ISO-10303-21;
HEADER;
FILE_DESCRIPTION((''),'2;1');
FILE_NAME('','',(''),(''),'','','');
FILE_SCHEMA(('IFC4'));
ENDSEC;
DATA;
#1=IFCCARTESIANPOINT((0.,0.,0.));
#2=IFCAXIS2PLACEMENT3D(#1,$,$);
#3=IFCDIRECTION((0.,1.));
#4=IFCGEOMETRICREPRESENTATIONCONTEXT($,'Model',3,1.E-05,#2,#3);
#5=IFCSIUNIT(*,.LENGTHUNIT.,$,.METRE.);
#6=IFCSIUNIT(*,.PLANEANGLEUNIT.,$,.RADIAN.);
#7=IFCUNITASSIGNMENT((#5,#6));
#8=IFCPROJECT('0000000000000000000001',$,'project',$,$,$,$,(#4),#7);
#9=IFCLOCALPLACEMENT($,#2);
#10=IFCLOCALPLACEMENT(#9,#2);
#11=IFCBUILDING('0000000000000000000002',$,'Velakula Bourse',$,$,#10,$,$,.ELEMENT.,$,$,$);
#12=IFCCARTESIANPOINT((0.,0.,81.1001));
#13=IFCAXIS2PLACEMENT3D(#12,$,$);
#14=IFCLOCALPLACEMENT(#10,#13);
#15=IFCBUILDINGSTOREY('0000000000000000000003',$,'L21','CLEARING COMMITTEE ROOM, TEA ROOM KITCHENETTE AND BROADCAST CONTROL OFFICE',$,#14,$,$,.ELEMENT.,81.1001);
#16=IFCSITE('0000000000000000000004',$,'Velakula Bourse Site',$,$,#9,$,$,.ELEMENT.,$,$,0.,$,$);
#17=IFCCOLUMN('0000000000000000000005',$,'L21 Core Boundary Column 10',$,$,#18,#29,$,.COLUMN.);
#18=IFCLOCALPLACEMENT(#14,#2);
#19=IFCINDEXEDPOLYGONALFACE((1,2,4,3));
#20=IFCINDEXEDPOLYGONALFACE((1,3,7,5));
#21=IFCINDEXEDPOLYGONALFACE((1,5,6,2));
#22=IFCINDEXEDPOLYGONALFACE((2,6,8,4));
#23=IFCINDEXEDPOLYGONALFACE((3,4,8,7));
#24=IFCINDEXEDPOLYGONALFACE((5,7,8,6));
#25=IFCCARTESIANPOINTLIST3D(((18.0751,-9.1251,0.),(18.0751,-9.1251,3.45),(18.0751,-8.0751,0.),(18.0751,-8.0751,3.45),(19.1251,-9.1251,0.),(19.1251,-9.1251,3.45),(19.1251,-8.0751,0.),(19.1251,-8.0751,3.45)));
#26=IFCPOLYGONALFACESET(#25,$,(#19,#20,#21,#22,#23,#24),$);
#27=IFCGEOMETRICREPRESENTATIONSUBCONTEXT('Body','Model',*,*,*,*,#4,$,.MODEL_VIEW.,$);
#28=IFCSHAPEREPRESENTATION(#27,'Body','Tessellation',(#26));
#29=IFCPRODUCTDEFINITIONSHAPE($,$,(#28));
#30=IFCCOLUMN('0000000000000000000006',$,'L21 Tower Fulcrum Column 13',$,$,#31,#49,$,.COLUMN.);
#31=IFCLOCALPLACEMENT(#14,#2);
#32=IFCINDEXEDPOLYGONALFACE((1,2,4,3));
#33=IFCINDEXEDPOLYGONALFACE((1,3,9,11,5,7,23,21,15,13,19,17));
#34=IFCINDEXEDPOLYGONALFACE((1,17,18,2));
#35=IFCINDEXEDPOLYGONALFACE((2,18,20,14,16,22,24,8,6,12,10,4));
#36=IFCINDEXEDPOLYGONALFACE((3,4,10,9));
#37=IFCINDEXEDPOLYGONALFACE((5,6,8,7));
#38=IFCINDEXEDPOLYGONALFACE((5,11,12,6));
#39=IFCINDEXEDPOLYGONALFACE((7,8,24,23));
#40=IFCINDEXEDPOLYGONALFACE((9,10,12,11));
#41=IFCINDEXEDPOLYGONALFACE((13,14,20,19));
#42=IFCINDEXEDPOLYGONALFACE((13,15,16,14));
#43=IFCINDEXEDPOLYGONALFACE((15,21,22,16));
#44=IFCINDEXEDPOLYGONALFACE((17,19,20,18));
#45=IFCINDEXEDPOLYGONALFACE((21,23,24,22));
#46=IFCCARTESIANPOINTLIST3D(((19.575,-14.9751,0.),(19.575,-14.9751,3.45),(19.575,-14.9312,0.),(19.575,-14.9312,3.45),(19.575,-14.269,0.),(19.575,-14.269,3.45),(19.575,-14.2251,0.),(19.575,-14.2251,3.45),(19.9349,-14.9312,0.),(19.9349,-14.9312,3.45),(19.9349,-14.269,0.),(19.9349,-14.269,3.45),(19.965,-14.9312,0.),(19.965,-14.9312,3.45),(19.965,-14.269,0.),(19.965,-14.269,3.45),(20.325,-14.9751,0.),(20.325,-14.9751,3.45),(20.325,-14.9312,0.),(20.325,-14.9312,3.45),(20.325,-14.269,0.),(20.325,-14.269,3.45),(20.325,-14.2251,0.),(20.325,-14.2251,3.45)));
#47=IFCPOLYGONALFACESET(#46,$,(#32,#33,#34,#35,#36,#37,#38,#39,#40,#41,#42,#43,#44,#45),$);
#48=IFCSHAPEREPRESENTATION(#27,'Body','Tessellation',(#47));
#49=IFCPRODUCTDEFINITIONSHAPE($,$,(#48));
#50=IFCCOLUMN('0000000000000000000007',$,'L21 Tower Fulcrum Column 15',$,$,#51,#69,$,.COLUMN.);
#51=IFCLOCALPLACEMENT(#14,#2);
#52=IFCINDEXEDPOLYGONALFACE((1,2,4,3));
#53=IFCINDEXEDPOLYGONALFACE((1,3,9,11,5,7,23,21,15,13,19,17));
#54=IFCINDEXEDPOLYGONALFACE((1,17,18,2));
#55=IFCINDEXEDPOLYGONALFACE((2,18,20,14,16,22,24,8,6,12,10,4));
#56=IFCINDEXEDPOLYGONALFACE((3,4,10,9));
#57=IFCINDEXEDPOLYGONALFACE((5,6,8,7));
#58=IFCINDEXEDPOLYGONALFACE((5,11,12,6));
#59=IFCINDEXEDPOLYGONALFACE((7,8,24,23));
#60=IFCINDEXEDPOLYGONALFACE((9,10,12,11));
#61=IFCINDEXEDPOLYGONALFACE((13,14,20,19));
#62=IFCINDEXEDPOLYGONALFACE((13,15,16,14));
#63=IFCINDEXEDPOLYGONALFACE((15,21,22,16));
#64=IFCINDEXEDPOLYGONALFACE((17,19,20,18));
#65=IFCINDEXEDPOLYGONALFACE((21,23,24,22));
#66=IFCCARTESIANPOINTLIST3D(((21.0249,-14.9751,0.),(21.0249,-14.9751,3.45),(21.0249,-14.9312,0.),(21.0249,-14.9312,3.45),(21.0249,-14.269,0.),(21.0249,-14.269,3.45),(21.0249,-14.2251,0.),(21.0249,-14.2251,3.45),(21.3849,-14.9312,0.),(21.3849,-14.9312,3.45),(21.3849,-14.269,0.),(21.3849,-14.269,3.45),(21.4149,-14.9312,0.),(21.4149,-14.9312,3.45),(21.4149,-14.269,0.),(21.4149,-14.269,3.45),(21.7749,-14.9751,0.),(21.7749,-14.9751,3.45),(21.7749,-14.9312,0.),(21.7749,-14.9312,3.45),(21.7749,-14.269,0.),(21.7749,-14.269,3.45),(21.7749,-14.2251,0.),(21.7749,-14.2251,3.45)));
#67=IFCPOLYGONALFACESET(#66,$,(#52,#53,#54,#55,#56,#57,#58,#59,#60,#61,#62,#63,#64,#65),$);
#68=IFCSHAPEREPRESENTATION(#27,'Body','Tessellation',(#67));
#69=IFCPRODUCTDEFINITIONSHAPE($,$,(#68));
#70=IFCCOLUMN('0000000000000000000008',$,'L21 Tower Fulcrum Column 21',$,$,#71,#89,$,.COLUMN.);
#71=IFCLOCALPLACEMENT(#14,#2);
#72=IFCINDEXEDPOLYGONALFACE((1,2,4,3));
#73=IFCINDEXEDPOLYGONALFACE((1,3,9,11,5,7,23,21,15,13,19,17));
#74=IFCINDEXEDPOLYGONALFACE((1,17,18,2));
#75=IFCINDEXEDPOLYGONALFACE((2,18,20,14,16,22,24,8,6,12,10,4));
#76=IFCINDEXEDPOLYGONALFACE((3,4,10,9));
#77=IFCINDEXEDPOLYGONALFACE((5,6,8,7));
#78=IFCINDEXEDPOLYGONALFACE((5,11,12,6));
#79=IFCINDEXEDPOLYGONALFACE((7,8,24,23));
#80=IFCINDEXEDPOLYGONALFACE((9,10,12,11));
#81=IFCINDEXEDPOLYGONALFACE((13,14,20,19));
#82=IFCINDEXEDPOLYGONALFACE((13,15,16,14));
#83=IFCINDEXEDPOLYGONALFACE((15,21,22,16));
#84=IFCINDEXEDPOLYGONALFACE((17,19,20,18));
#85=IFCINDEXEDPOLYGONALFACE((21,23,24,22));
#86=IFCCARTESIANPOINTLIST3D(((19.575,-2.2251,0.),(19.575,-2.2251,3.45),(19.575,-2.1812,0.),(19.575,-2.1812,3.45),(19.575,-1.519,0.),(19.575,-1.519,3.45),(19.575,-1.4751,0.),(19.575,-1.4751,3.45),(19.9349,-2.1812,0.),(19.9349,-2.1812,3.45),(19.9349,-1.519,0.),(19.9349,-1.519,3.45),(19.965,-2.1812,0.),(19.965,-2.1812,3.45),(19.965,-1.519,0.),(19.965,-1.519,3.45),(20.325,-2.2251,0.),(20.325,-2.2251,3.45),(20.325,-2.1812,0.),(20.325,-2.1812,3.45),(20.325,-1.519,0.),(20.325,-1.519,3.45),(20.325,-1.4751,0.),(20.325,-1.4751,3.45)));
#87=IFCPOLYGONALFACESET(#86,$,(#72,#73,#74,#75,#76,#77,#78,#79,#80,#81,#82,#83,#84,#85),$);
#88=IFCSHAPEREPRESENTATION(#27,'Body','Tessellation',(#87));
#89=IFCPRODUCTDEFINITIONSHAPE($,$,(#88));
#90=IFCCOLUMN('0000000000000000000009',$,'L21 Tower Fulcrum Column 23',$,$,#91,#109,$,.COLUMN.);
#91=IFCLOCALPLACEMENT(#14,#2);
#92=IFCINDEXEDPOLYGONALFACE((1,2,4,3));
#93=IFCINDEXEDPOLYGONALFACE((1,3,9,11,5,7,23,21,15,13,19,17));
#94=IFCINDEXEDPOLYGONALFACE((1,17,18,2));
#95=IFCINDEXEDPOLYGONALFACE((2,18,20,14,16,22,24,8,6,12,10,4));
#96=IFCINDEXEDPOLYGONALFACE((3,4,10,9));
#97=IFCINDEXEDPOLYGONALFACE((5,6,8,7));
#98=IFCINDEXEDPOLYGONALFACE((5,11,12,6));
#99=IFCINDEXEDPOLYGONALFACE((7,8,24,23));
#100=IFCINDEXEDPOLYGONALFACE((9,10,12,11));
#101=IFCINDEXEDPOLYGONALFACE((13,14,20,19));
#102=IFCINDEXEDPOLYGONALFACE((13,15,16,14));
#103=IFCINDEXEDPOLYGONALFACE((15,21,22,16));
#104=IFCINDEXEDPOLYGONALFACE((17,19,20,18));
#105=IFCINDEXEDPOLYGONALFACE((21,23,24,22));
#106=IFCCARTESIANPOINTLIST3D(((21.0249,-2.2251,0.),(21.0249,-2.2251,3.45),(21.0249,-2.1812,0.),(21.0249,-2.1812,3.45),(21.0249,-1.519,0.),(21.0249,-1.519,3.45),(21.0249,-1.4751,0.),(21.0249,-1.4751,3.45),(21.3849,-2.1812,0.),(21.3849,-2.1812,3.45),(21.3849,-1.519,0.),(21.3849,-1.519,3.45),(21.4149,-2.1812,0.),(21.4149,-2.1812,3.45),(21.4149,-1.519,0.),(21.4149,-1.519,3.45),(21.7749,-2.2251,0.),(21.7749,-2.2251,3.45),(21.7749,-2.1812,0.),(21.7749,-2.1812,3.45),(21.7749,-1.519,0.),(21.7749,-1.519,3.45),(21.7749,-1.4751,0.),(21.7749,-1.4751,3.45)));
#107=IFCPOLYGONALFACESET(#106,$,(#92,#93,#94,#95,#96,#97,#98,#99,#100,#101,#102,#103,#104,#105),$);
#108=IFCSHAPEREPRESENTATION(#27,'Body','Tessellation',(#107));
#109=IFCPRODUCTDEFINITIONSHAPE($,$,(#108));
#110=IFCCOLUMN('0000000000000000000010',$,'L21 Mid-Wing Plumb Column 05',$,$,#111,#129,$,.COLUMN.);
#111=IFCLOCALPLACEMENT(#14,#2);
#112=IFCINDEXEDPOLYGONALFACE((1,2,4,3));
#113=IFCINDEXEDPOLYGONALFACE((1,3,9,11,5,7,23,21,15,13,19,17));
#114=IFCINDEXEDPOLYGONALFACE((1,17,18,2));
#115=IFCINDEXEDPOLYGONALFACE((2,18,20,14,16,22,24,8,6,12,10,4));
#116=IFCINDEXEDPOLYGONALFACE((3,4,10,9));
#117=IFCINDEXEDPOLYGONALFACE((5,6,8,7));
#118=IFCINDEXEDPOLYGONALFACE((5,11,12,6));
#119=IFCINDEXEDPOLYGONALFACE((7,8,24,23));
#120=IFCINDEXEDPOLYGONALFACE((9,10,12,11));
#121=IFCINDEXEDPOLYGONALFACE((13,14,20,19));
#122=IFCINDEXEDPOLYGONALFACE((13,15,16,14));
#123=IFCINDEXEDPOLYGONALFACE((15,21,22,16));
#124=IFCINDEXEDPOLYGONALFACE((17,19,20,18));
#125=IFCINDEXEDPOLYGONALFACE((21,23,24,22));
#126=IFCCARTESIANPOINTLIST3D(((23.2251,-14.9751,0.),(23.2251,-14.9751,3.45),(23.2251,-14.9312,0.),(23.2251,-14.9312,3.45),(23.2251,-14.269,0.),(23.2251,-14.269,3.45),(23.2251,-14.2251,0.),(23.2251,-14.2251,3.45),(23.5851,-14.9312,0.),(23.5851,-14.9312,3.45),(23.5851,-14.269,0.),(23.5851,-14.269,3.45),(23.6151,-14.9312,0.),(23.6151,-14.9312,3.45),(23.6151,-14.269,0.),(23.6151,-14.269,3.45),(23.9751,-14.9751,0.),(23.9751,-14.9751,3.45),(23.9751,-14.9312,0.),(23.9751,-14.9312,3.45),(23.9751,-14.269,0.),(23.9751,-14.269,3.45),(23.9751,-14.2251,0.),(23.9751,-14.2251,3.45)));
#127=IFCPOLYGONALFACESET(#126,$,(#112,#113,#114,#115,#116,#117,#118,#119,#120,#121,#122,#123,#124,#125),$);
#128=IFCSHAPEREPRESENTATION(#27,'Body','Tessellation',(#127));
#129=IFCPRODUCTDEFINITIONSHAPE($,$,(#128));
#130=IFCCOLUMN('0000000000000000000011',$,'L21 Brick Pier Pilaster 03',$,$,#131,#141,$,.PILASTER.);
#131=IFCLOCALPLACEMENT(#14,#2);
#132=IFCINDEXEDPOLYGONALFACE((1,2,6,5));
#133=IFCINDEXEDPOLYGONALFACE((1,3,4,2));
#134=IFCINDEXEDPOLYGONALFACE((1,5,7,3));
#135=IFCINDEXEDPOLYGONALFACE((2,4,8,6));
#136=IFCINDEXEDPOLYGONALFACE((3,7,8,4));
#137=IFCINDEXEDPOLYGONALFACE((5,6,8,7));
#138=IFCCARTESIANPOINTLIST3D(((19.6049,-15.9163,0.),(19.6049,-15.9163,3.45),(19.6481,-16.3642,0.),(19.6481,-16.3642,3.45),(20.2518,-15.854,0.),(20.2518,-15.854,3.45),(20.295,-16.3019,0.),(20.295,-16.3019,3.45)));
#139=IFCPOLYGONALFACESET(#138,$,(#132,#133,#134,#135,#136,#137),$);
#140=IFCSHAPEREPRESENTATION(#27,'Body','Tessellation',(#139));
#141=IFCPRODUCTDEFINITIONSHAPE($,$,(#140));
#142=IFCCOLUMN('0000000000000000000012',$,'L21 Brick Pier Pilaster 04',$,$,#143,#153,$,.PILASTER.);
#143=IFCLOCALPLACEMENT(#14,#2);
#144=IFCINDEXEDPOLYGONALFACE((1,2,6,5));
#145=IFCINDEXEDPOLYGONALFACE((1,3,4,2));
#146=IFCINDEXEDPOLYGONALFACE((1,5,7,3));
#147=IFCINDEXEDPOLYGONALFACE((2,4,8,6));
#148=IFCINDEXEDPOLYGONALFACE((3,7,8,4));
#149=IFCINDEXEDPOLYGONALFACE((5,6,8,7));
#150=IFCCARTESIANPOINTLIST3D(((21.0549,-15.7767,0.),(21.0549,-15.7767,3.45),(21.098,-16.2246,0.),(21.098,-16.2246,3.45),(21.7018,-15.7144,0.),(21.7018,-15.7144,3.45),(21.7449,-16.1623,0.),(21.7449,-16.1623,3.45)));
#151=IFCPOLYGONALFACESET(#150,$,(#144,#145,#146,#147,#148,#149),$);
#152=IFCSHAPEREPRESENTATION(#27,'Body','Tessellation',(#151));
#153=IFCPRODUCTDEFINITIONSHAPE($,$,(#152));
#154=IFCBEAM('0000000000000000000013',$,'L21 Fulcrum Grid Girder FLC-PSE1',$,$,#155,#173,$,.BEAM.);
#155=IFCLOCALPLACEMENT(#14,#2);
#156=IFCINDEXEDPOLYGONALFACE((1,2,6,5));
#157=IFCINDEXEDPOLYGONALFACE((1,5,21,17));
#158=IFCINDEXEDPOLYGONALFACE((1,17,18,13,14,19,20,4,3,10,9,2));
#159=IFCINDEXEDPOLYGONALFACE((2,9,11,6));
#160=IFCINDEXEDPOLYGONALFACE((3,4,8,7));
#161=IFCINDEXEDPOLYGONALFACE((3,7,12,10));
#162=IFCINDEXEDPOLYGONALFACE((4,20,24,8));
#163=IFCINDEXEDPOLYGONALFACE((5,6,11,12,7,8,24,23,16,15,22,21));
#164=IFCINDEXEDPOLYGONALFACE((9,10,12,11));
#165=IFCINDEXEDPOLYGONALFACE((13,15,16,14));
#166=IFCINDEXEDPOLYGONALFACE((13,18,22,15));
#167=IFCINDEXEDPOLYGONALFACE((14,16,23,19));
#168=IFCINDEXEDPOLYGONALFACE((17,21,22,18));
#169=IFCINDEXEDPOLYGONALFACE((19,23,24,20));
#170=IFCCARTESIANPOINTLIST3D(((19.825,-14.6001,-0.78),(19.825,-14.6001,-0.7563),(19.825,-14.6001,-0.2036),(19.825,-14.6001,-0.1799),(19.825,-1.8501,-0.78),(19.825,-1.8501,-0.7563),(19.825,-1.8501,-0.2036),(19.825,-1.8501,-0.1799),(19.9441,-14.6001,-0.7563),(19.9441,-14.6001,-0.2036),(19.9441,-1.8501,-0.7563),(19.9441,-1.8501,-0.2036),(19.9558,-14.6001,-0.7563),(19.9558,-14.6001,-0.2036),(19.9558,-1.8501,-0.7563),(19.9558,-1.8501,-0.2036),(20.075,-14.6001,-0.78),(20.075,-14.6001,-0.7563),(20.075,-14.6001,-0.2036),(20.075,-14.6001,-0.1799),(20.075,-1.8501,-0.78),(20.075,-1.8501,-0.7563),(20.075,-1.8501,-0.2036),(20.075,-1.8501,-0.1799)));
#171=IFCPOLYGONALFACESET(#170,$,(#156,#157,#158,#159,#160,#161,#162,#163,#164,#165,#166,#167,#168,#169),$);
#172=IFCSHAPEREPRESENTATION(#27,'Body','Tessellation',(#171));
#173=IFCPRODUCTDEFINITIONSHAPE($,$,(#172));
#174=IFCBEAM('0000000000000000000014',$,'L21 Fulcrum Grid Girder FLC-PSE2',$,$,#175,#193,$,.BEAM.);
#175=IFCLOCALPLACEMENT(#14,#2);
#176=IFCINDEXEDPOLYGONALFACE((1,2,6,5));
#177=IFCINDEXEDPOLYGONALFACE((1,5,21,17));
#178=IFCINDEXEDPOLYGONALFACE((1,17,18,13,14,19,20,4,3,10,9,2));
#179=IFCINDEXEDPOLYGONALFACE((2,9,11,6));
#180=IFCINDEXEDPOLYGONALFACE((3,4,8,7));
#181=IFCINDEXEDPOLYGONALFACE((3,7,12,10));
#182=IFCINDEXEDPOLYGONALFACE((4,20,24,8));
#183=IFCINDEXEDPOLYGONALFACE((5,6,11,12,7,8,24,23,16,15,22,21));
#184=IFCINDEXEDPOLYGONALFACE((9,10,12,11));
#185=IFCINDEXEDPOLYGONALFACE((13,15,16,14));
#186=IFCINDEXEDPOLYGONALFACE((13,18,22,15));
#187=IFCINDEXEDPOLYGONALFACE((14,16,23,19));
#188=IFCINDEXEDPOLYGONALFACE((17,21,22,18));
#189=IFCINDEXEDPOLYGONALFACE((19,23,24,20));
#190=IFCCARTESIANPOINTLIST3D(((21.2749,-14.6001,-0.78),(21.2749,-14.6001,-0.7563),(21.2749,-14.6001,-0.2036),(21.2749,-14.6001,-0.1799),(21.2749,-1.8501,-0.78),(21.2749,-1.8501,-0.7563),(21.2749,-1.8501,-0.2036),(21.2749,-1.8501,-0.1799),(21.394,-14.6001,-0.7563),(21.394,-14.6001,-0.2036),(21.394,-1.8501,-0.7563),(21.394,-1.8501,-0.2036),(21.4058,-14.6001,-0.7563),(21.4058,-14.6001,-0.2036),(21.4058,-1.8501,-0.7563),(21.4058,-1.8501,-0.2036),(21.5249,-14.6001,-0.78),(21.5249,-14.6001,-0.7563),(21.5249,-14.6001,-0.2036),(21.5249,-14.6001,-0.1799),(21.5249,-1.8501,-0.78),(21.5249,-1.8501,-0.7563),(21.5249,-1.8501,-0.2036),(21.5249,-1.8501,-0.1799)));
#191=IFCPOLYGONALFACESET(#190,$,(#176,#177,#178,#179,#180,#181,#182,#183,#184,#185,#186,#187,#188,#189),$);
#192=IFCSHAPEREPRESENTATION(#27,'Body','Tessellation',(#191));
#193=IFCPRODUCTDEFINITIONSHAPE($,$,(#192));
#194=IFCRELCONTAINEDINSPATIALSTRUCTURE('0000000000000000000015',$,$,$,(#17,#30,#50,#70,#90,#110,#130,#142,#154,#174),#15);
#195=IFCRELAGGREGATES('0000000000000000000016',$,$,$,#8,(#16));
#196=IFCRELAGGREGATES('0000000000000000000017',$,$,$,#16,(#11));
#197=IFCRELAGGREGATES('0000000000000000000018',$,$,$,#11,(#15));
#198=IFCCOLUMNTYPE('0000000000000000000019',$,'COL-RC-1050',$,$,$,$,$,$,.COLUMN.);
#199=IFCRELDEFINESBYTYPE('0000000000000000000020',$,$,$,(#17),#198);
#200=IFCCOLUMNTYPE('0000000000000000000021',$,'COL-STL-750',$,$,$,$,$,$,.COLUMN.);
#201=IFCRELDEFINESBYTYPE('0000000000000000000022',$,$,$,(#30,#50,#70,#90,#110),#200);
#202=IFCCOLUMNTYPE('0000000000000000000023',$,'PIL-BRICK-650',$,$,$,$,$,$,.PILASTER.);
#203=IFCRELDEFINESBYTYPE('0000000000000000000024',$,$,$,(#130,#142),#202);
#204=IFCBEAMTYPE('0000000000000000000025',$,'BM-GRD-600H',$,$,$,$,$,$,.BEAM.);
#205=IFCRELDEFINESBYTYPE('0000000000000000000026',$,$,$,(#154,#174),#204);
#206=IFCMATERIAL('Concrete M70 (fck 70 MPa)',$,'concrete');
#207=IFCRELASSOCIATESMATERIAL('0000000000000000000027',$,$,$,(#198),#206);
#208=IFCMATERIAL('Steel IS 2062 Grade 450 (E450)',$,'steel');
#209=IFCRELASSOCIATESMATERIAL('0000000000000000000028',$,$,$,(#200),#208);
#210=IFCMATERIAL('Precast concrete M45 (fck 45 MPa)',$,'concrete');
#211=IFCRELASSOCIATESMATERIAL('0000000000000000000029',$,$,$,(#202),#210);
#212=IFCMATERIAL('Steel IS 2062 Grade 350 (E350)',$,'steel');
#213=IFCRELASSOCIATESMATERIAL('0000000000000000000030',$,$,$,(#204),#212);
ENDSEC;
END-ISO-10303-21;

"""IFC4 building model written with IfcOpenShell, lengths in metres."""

from ifc_helpers import new_model, si_unit, direction, frame, origin, origin_2d, place, context, subcontext, project, spatial, rectangle, i_section, extrude, material, material_profile, profile_set, type_object, element, save


model = new_model("IFC4")

# Units and contexts
model_context = context("Model", 3, precision=1e-05, world=origin(), true_north=direction((0.0, 1.0)))
body_context = subcontext(model_context, "Body", "Model", "MODEL_VIEW")
ifc_project = project(units=[si_unit("LENGTHUNIT", "METRE"), si_unit("PLANEANGLEUNIT", "RADIAN")], contexts=[model_context])

# Site, building, storey
site_placement = place(None, origin())
site = spatial("IfcSite", under=ifc_project, at=site_placement, Name="Velakula Bourse Site", CompositionType="ELEMENT", RefElevation=0.0)
building_placement = place(site_placement, origin())
building = spatial("IfcBuilding", under=site, at=building_placement, Name="Velakula Bourse", CompositionType="ELEMENT")
storey_placement = place(building_placement, frame((0.0, 0.0, 81.1001)))
storey = spatial("IfcBuildingStorey", under=building, at=storey_placement, Name="L21", Description="CLEARING COMMITTEE ROOM, TEA ROOM KITCHENETTE AND BROADCAST CONTROL OFFICE", CompositionType="ELEMENT", Elevation=81.1001)

# Columns
ifc_material_1 = material(Name="Concrete M70 (fck 70 MPa)", Category="concrete")
ifc_material_profile_1 = material_profile(ifc_material_1, rectangle(XDim=1.05, YDim=1.05, at=origin_2d()), Name="Concrete M70 (fck 70 MPa)")
ifc_profile_set_1 = profile_set([ifc_material_profile_1], Name="Concrete M70 (fck 70 MPa)")
column_type_1 = type_object("IfcColumnType", Name="COL-RC-1050", PredefinedType="COLUMN", material=ifc_profile_set_1)
column_placement = place(storey_placement, frame((18.6001, -8.6001, 0.0), z_axis=(0.0, 0.0, 1.0), x_axis=(1.0, 0.0, 0.0)))
element("IfcColumn", 1, at=column_placement, inside=storey, type_object=column_type_1, Name="L21 Core Boundary Column 10", PredefinedType="COLUMN", context=body_context, shape_type="SweptSolid", body=[
    extrude(rectangle(XDim=1.05, YDim=1.05, at=origin_2d()), origin(), (0.0, 0.0, 1.0), 3.45),
])
ifc_material_2 = material(Name="Steel IS 2062 Grade 450 (E450)", Category="steel")
ifc_material_profile_2 = material_profile(ifc_material_2, i_section(OverallWidth=0.75, OverallDepth=0.75, WebThickness=0.03, FlangeThickness=0.0439, at=origin_2d()), Name="Steel IS 2062 Grade 450 (E450)")
ifc_profile_set_2 = profile_set([ifc_material_profile_2], Name="Steel IS 2062 Grade 450 (E450)")
column_type_2 = type_object("IfcColumnType", Name="COL-STL-750", PredefinedType="COLUMN", material=ifc_profile_set_2)
for number, where, z_axis, x_axis, name in (
    (2, (19.95, -14.6001, 0.0), (0.0, 0.0, 1.0), (1.0, 0.0, 0.0), "L21 Tower Fulcrum Column 13"),
    (3, (21.3999, -14.6001, 0.0), (0.0, 0.0, 1.0), (1.0, 0.0, 0.0), "L21 Tower Fulcrum Column 15"),
    (4, (19.95, -1.8501, 0.0), (0.0, 0.0, 1.0), (1.0, 0.0, 0.0), "L21 Tower Fulcrum Column 21"),
    (5, (21.3999, -1.8501, 0.0), (0.0, 0.0, 1.0), (1.0, 0.0, 0.0), "L21 Tower Fulcrum Column 23"),
    (6, (23.6001, -14.6001, 0.0), (0.0, 0.0, 1.0), (1.0, 0.0, 0.0), "L21 Mid-Wing Plumb Column 05"),
):
    element("IfcColumn", number, at=place(storey_placement, frame(where, z_axis=z_axis, x_axis=x_axis)), inside=storey, type_object=column_type_2, Name=name, PredefinedType="COLUMN", context=body_context, shape_type="SweptSolid", body=[
        extrude(i_section(OverallWidth=0.75, OverallDepth=0.75, WebThickness=0.03, FlangeThickness=0.0439, at=origin_2d()), origin(), (0.0, 0.0, 1.0), 3.45),
    ])
ifc_material_3 = material(Name="Precast concrete M45 (fck 45 MPa)", Category="concrete")
ifc_material_profile_3 = material_profile(ifc_material_3, rectangle(XDim=0.6499, YDim=0.45, at=origin_2d()), Name="Precast concrete M45 (fck 45 MPa)")
ifc_profile_set_3 = profile_set([ifc_material_profile_3], Name="Precast concrete M45 (fck 45 MPa)")
column_type_3 = type_object("IfcColumnType", Name="PIL-BRICK-650", PredefinedType="PILASTER", material=ifc_profile_set_3)
for number, where, z_axis, x_axis, name in (
    (7, (19.95, -16.1091, 0.0), (0.0, 0.0, 1.0), (0.995396, 0.095846, 0.0), "L21 Brick Pier Pilaster 03"),
    (8, (21.3999, -15.9695, 0.0), (0.0, 0.0, 1.0), (0.995396, 0.095846, 0.0), "L21 Brick Pier Pilaster 04"),
):
    element("IfcColumn", number, at=place(storey_placement, frame(where, z_axis=z_axis, x_axis=x_axis)), inside=storey, type_object=column_type_3, Name=name, PredefinedType="PILASTER", context=body_context, shape_type="SweptSolid", body=[
        extrude(rectangle(XDim=0.6499, YDim=0.45, at=origin_2d()), origin(), (0.0, 0.0, 1.0), 3.45),
    ])

# Beams
ifc_material_4 = material(Name="Steel IS 2062 Grade 350 (E350)", Category="steel")
ifc_material_profile_4 = material_profile(ifc_material_4, i_section(OverallWidth=0.25, OverallDepth=0.6001, WebThickness=0.0117, FlangeThickness=0.0237, at=origin_2d()), Name="Steel IS 2062 Grade 350 (E350)")
ifc_profile_set_4 = profile_set([ifc_material_profile_4], Name="Steel IS 2062 Grade 350 (E350)")
beam_type_1 = type_object("IfcBeamType", Name="BM-GRD-600H", PredefinedType="BEAM", material=ifc_profile_set_4)
for number, where, z_axis, x_axis, name in (
    (9, (19.95, -14.6001, -0.48), (0.0, 1.0, 0.0), (-1.0, 0.0, 0.0), "L21 Fulcrum Grid Girder FLC-PSE1"),
    (10, (21.3999, -14.6001, -0.48), (0.0, 1.0, 0.0), (-1.0, 0.0, 0.0), "L21 Fulcrum Grid Girder FLC-PSE2"),
):
    element("IfcBeam", number, at=place(storey_placement, frame(where, z_axis=z_axis, x_axis=x_axis)), inside=storey, type_object=beam_type_1, Name=name, PredefinedType="BEAM", context=body_context, shape_type="SweptSolid", body=[
        extrude(i_section(OverallWidth=0.25, OverallDepth=0.6001, WebThickness=0.0117, FlangeThickness=0.0237, at=origin_2d()), origin(), (0.0, 0.0, 1.0), 12.75),
    ])

save(model, "model.ifc")
